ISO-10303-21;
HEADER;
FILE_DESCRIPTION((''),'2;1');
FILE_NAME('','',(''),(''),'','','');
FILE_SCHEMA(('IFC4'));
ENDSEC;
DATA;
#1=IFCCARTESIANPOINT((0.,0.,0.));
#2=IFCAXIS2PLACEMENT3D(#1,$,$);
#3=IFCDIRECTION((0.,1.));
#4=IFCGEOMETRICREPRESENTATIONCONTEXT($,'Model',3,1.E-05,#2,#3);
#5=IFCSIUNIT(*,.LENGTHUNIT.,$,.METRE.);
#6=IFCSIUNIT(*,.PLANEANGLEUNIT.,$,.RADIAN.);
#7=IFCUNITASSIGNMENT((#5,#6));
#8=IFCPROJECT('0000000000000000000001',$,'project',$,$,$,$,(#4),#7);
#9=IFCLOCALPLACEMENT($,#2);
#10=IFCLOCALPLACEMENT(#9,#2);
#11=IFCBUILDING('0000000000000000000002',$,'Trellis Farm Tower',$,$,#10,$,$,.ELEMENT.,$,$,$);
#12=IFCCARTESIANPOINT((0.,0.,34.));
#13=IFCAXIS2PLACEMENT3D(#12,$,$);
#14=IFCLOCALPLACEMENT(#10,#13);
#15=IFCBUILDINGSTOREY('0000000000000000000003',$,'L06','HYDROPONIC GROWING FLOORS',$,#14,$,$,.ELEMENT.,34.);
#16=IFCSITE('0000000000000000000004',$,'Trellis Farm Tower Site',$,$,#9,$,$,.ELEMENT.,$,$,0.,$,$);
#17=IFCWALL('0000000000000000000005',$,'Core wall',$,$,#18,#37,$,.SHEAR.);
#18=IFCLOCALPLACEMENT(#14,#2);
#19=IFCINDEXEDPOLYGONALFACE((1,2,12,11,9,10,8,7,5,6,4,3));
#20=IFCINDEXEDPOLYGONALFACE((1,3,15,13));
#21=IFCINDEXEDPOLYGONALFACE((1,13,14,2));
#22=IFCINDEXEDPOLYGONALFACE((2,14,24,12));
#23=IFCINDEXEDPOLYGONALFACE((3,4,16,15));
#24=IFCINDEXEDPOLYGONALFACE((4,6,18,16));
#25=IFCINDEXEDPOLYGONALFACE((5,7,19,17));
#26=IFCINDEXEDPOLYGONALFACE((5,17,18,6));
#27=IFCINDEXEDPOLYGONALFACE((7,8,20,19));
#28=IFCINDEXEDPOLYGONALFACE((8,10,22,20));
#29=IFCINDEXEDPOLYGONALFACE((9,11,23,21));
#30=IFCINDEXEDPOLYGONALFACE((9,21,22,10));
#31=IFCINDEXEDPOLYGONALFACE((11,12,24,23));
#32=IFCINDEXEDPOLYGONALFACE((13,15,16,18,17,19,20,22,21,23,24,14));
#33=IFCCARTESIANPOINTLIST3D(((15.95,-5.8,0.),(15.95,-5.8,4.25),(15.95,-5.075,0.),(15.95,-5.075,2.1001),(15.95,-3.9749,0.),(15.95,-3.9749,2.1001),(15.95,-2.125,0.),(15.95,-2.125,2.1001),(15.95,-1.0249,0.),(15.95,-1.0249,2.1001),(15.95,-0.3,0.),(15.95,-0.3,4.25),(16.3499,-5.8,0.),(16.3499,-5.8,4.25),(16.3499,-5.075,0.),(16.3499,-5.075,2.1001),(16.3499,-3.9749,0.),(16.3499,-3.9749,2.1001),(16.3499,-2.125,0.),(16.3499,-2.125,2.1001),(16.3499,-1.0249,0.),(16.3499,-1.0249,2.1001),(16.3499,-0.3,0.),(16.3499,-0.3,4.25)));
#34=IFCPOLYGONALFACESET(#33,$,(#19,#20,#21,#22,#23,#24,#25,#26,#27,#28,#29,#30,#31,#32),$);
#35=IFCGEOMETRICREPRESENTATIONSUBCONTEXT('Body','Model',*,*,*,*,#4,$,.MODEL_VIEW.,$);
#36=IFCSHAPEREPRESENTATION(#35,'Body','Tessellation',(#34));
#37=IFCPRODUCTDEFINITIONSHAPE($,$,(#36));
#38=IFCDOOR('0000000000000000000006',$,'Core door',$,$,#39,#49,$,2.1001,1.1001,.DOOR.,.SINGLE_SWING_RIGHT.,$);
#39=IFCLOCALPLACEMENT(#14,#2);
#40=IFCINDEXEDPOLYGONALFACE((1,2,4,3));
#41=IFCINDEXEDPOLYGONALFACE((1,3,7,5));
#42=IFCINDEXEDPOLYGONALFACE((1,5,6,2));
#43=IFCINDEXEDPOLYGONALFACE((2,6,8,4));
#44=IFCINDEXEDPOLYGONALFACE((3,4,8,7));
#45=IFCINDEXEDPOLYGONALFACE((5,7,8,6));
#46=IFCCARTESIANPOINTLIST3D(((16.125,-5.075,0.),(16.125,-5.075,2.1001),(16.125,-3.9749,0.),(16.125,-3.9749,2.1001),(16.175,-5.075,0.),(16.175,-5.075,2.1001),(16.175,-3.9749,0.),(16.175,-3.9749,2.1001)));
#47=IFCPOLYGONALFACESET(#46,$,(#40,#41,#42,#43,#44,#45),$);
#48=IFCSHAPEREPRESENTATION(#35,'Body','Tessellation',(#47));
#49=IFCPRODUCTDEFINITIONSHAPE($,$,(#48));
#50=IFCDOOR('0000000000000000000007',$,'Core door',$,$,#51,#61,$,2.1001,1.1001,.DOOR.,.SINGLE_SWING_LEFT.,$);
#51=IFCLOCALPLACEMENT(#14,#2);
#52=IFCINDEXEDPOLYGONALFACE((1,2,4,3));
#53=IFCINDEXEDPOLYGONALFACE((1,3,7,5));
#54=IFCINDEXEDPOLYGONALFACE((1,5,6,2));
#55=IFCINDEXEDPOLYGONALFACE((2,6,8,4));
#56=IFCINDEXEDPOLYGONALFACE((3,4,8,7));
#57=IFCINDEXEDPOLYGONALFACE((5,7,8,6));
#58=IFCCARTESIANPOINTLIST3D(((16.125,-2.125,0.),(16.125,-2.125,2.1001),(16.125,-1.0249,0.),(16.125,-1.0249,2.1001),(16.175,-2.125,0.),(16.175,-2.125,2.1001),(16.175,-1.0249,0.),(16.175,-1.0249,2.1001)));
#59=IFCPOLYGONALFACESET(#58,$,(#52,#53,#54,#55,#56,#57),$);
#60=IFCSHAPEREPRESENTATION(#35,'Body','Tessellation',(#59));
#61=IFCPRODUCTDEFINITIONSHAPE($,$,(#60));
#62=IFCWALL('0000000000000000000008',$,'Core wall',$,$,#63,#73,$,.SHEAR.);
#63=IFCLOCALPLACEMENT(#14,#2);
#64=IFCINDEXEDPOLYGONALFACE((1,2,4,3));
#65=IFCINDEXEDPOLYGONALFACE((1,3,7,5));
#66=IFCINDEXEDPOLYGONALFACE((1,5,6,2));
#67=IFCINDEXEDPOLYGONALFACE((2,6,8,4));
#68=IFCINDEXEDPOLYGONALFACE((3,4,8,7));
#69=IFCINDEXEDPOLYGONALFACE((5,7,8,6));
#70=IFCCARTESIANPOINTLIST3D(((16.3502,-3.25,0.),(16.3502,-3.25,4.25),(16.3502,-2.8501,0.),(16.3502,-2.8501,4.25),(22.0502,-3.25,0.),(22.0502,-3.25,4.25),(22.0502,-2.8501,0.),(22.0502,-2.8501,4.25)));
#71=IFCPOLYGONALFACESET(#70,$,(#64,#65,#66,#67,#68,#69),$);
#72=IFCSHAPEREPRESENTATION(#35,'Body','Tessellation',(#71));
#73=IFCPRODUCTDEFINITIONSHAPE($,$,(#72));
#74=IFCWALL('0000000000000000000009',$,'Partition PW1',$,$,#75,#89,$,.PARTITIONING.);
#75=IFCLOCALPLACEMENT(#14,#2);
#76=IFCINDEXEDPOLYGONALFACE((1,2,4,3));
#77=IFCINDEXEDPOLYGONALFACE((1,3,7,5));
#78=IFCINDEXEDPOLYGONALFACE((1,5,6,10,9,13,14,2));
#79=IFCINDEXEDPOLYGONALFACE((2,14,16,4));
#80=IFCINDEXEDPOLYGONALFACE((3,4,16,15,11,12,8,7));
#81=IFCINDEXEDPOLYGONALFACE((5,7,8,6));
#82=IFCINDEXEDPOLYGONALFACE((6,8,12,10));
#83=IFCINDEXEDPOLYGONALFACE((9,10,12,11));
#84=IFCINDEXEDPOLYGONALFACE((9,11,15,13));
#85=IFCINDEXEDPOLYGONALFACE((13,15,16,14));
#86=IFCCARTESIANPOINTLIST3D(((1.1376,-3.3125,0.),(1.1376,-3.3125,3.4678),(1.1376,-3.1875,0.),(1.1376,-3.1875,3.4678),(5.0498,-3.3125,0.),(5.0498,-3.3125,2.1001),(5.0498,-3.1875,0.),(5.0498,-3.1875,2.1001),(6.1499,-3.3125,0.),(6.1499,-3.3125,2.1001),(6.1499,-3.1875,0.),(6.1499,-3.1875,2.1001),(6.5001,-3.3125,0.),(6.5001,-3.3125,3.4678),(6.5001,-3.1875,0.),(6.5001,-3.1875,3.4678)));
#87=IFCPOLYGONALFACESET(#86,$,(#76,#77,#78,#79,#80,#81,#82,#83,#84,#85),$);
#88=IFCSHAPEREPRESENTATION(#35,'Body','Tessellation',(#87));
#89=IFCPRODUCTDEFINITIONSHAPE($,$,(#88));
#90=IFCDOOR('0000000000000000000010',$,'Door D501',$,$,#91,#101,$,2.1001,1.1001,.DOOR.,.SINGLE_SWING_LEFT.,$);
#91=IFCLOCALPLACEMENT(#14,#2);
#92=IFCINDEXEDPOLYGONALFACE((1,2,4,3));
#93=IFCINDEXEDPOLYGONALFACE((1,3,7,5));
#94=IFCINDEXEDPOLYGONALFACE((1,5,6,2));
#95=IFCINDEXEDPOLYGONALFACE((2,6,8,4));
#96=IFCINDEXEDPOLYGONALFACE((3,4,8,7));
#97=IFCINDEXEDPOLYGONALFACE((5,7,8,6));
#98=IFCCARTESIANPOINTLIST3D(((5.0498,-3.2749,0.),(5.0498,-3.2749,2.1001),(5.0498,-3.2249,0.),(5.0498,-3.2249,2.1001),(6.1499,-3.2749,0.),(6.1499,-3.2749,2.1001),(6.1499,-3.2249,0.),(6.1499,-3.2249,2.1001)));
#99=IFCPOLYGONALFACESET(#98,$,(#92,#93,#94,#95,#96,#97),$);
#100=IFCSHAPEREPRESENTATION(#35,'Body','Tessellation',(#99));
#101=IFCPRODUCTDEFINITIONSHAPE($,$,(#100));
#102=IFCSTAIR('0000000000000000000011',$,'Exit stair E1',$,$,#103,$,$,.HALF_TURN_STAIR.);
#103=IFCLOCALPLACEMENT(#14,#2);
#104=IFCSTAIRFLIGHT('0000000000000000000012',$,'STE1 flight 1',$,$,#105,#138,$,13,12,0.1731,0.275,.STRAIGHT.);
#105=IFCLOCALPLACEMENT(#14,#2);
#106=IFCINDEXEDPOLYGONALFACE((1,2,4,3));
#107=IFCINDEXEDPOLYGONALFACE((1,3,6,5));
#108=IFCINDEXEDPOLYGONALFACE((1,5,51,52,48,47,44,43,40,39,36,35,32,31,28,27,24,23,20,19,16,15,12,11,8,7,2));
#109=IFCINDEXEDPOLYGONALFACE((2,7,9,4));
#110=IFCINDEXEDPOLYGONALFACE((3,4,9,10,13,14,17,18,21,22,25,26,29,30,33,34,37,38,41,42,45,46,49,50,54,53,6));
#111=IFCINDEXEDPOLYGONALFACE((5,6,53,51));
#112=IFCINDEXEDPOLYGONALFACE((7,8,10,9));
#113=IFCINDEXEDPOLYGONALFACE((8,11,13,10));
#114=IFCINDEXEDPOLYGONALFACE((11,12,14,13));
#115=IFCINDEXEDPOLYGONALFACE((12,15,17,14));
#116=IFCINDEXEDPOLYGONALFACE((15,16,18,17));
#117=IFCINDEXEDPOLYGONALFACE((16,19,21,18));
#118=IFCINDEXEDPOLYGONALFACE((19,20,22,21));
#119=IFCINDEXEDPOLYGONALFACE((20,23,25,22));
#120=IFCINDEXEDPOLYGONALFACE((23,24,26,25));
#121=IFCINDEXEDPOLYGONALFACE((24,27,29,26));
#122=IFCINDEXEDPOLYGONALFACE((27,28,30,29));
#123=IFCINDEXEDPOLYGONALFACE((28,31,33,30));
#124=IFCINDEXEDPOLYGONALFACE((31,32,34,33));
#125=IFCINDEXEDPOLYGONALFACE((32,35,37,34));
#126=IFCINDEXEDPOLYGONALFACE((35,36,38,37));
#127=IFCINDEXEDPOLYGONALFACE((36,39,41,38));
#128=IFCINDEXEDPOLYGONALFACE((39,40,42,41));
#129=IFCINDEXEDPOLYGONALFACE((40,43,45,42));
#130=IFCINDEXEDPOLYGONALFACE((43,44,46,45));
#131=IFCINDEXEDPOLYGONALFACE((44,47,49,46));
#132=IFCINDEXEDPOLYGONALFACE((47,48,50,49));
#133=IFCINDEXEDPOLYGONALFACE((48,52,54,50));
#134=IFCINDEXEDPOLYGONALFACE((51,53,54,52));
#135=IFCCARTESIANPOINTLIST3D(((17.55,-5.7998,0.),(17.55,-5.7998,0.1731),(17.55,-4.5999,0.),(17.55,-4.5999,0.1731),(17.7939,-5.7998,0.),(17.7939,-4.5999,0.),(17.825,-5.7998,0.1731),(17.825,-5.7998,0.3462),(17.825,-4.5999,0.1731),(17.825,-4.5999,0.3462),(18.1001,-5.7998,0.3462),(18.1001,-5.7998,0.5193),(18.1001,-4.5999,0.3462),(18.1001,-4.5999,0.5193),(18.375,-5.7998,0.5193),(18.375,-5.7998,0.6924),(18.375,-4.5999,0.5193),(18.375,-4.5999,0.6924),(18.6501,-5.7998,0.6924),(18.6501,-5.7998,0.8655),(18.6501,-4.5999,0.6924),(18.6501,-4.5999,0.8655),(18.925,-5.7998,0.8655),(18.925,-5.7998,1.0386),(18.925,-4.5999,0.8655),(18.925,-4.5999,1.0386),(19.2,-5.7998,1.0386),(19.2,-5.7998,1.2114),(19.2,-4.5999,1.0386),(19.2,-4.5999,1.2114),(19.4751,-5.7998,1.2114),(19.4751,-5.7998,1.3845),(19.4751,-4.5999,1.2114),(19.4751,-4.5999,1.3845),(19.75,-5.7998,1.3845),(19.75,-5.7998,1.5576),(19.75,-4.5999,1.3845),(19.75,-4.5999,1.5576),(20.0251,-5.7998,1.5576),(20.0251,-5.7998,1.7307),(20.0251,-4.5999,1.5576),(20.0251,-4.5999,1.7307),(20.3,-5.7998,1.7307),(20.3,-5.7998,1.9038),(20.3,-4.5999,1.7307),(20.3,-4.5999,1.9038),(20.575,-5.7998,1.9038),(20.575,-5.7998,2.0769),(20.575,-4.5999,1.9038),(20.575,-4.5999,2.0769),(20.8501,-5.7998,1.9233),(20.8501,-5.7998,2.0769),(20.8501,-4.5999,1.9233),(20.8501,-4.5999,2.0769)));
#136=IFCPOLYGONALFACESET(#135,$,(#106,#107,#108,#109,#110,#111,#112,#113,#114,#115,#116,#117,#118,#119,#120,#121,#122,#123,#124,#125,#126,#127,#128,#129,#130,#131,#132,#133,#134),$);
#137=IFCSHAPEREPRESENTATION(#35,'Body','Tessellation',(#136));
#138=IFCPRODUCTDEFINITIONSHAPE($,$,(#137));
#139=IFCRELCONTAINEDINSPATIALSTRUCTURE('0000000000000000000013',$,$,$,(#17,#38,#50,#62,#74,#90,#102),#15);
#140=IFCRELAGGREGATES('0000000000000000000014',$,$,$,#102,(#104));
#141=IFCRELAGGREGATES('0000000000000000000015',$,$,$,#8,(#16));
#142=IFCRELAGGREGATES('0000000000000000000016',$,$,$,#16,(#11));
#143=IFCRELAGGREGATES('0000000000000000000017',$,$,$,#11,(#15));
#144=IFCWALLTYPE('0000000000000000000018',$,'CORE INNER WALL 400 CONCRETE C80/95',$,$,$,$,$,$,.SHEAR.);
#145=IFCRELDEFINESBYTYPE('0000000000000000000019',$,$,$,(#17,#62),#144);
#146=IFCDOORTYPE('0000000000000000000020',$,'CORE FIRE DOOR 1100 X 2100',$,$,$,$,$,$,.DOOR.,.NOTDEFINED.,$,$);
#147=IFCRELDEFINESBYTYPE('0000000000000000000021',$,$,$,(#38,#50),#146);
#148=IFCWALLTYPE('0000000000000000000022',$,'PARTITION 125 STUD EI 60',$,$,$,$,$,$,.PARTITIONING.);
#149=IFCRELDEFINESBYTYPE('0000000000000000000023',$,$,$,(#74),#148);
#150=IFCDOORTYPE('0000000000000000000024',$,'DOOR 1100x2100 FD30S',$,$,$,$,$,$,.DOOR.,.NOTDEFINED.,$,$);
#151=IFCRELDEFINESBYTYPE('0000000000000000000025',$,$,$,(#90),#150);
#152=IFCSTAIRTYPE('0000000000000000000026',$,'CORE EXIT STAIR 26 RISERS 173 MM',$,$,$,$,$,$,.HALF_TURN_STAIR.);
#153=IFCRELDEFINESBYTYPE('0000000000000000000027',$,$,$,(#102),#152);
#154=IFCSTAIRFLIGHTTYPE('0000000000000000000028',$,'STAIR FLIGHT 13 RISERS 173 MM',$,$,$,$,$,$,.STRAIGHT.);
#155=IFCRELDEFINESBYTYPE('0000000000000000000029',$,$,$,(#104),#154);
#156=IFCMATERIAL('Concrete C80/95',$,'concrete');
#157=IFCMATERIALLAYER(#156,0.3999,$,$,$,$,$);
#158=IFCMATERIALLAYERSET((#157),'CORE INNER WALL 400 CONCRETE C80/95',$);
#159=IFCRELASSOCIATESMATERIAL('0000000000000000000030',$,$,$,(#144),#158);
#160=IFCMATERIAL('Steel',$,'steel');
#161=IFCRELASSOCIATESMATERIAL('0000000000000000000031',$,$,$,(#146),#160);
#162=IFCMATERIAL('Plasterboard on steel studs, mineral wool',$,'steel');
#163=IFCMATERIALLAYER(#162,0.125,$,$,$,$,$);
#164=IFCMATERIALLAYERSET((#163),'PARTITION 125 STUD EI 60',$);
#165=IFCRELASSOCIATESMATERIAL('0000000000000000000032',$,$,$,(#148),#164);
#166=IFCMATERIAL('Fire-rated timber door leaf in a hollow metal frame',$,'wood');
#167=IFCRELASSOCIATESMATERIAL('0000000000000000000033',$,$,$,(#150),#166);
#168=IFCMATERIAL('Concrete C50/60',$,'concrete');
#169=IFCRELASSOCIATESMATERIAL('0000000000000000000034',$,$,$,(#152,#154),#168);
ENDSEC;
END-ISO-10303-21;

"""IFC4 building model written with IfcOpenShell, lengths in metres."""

from ifc_helpers import new_model, si_unit, direction, frame, frame_2d, origin, place, context, subcontext, project, spatial, polyline, rectangle, outline, extrude, source, transform, mapped, material, layer, layer_set, type_object, element, fill, aggregate, save


model = new_model("IFC4")

# Units and contexts
model_context = context("Model", 3, precision=1e-05, world=origin(), true_north=direction((0.0, 1.0)))
body_context = subcontext(model_context, "Body", "Model", "MODEL_VIEW")
ifc_project = project(units=[si_unit("LENGTHUNIT", "METRE"), si_unit("PLANEANGLEUNIT", "RADIAN")], contexts=[model_context])

# Site, building, storey
site_placement = place(None, origin())
site = spatial("IfcSite", under=ifc_project, at=site_placement, Name="Trellis Farm Tower Site", CompositionType="ELEMENT", RefElevation=0.0)
building_placement = place(site_placement, origin())
building = spatial("IfcBuilding", under=site, at=building_placement, Name="Trellis Farm Tower", CompositionType="ELEMENT")
storey_placement = place(building_placement, frame((0.0, 0.0, 34.0)))
storey = spatial("IfcBuildingStorey", under=building, at=storey_placement, Name="L06", Description="HYDROPONIC GROWING FLOORS", CompositionType="ELEMENT", Elevation=34.0)

# Shared definitions
placement = place(storey_placement, origin())

# Shared definitions
ifc_material_1 = material(Name="Concrete C80/95", Category="concrete")
ifc_material_2 = material(Name="Steel", Category="steel")

# Shared definitions
ifc_layer_1 = layer(ifc_material_1, 0.3999)
ifc_layer_set_1 = layer_set([ifc_layer_1], Name="CORE INNER WALL 400 CONCRETE C80/95")
wall_type_1 = type_object("IfcWallType", Name="CORE INNER WALL 400 CONCRETE C80/95", PredefinedType="SHEAR", material=ifc_layer_set_1)

# Shared definitions
shared_shape_1 = source(origin(), body_context, "Body", "SweptSolid", [
    extrude(rectangle(XDim=1.1001, YDim=2.1001, at=frame_2d((0.55, 1.05))), frame((0.0, 0.21, 0.0), z_axis=(0.0, -1.0, 0.0), x_axis=(1.0, 0.0, 0.0)), (0.0, 0.0, 1.0), 0.4199),
])
shared_shape_2 = source(origin(), body_context, "Body", "SweptSolid", [
    extrude(rectangle(XDim=1.1001, YDim=2.1001, at=frame_2d((0.55, 1.05))), frame((0.0, 0.0249, 0.0), z_axis=(0.0, -1.0, 0.0), x_axis=(1.0, 0.0, 0.0)), (0.0, 0.0, 1.0), 0.05),
])

# Wall, openings, doors
shared_shape_3 = source(origin(), body_context, "Body", "SweptSolid", [
    extrude(rectangle(XDim=5.5, YDim=0.3999, at=frame_2d((2.75, 0.0))), origin(), (0.0, 0.0, 1.0), 4.25),
])
wall_1_placement = place(storey_placement, frame((16.1499, -5.8, 0.0), z_axis=(0.0, 0.0, 1.0), x_axis=(0.0, 1.0, 0.0)))
wall_1 = element("IfcWall", 1, at=wall_1_placement, inside=storey, type_object=wall_type_1, Name="Core wall", PredefinedType="SHEAR", context=body_context, shape_type="MappedRepresentation", body=[
    mapped(shared_shape_3, transform((0.0, 0.0, 0.0))),
])
opening_1_placement = place(wall_1_placement, frame((0.7251, 0.0, 0.0)))
opening_1 = element("IfcOpeningElement", 2, at=opening_1_placement, cuts=wall_1, PredefinedType="OPENING", context=body_context, shape_type="MappedRepresentation", body=[
    mapped(shared_shape_1, transform((0.0, 0.0, 0.0))),
])
opening_2_placement = place(wall_1_placement, frame((3.675, 0.0, 0.0)))
opening_2 = element("IfcOpeningElement", 3, at=opening_2_placement, cuts=wall_1, PredefinedType="OPENING", context=body_context, shape_type="MappedRepresentation", body=[
    mapped(shared_shape_1, transform((0.0, 0.0, 0.0))),
])
door_type_1 = type_object("IfcDoorType", Name="CORE FIRE DOOR 1100 X 2100", OperationType="NOTDEFINED", PredefinedType="DOOR", material=ifc_material_2)
door_1_placement = place(opening_1_placement, origin())
door_1 = element("IfcDoor", 4, at=door_1_placement, inside=storey, type_object=door_type_1, Name="Core door", OperationType="SINGLE_SWING_RIGHT", OverallHeight=2.1001, OverallWidth=1.1001, PredefinedType="DOOR", context=body_context, shape_type="MappedRepresentation", body=[
    mapped(shared_shape_2, transform((0.0, 0.0, 0.0))),
])
fill(opening_1, door_1)
door_2_placement = place(opening_2_placement, origin())
door_2 = element("IfcDoor", 5, at=door_2_placement, inside=storey, type_object=door_type_1, Name="Core door", OperationType="SINGLE_SWING_LEFT", OverallHeight=2.1001, OverallWidth=1.1001, PredefinedType="DOOR", context=body_context, shape_type="MappedRepresentation", body=[
    mapped(shared_shape_2, transform((0.0, 0.0, 0.0))),
])
fill(opening_2, door_2)

# Wall
shared_shape_4 = source(origin(), body_context, "Body", "SweptSolid", [
    extrude(rectangle(XDim=5.7, YDim=0.3999, at=frame_2d((2.8501, 0.0))), origin(), (0.0, 0.0, 1.0), 4.25),
])
wall_2_placement = place(storey_placement, frame((16.3501, -3.05, 0.0), z_axis=(0.0, 0.0, 1.0), x_axis=(1.0, 0.0, 0.0)))
element("IfcWall", 6, at=wall_2_placement, inside=storey, type_object=wall_type_1, Name="Core wall", PredefinedType="SHEAR", context=body_context, shape_type="MappedRepresentation", body=[
    mapped(shared_shape_4, transform((0.0, 0.0, 0.0))),
])

# Wall, opening, door
ifc_material_3 = material(Name="Plasterboard on steel studs, mineral wool", Category="steel")
ifc_layer_2 = layer(ifc_material_3, 0.125)
ifc_layer_set_2 = layer_set([ifc_layer_2], Name="PARTITION 125 STUD EI 60")
wall_type_2 = type_object("IfcWallType", Name="PARTITION 125 STUD EI 60", PredefinedType="PARTITIONING", material=ifc_layer_set_2)
shared_shape_5 = source(origin(), body_context, "Body", "SweptSolid", [
    extrude(rectangle(XDim=5.3625, YDim=0.125, at=frame_2d((2.6812, 0.0))), origin(), (0.0, 0.0, 1.0), 3.4678),
])
wall_3_placement = place(storey_placement, frame((6.5, -3.25, 0.0), z_axis=(0.0, 0.0, 1.0), x_axis=(-1.0, 0.0, 0.0)))
wall_3 = element("IfcWall", 7, at=wall_3_placement, inside=storey, type_object=wall_type_2, Name="Partition PW1", PredefinedType="PARTITIONING", context=body_context, shape_type="MappedRepresentation", body=[
    mapped(shared_shape_5, transform((0.0, 0.0, 0.0))),
])
shared_shape_6 = source(origin(), body_context, "Body", "SweptSolid", [
    extrude(rectangle(XDim=1.1001, YDim=2.1001, at=frame_2d((0.55, 1.05))), frame((0.0, 0.0725, 0.0), z_axis=(0.0, -1.0, 0.0), x_axis=(1.0, 0.0, 0.0)), (0.0, 0.0, 1.0), 0.145),
])
opening_3_placement = place(wall_3_placement, frame((0.3501, 0.0, 0.0)))
opening_3 = element("IfcOpeningElement", 8, at=opening_3_placement, cuts=wall_3, PredefinedType="OPENING", context=body_context, shape_type="MappedRepresentation", body=[
    mapped(shared_shape_6, transform((0.0, 0.0, 0.0))),
])
ifc_material_4 = material(Name="Fire-rated timber door leaf in a hollow metal frame", Category="wood")
door_type_2 = type_object("IfcDoorType", Name="DOOR 1100x2100 FD30S", OperationType="NOTDEFINED", PredefinedType="DOOR", material=ifc_material_4)
door_3_placement = place(opening_3_placement, origin())
door_3 = element("IfcDoor", 9, at=door_3_placement, inside=storey, type_object=door_type_2, Name="Door D501", OperationType="SINGLE_SWING_LEFT", OverallHeight=2.1001, OverallWidth=1.1001, PredefinedType="DOOR", context=body_context, shape_type="MappedRepresentation", body=[
    mapped(shared_shape_2, transform((0.0, 0.0, 0.0))),
])
fill(opening_3, door_3)

# Stair, stair flight
ifc_material_5 = material(Name="Concrete C50/60", Category="concrete")
stair_type = type_object("IfcStairType", Name="CORE EXIT STAIR 26 RISERS 173 MM", PredefinedType="HALF_TURN_STAIR", material=ifc_material_5)
stair = element("IfcStair", 10, at=placement, inside=storey, type_object=stair_type, Name="Exit stair E1", PredefinedType="HALF_TURN_STAIR")
stair_flight_type = type_object("IfcStairFlightType", Name="STAIR FLIGHT 13 RISERS 173 MM", PredefinedType="STRAIGHT", material=ifc_material_5)
shared_shape_7 = source(origin(), body_context, "Body", "SweptSolid", [
    extrude(outline(polyline([(0.0, 0.0), (0.0, 0.1731), (0.2749, 0.1731), (0.2749, 0.3462), (0.55, 0.3462), (0.55, 0.5193), (0.825, 0.5193), (0.825, 0.6924), (1.1001, 0.6924), (1.1001, 0.8655), (1.375, 0.8655), (1.375, 1.0386), (1.6499, 1.0386), (1.6499, 1.2114), (1.925, 1.2114), (1.925, 1.3845), (2.2, 1.3845), (2.2, 1.5576), (2.4751, 1.5576), (2.4751, 1.7307), (2.75, 1.7307), (2.75, 1.9038), (3.0249, 1.9038), (3.0249, 2.0769), (3.3, 2.0769), (3.3, 2.25), (3.3, 1.9233), (0.2439, 0.0), (0.0, 0.0)])), frame((0.0, 0.6001, 0.0), z_axis=(0.0, -1.0, 0.0), x_axis=(1.0, 0.0, 0.0)), (0.0, 0.0, 1.0), 1.2),
])
stair_flight_placement = place(storey_placement, frame((17.55, -5.2, 0.0), z_axis=(0.0, 0.0, 1.0), x_axis=(1.0, 0.0, 0.0)))
stair_flight = element("IfcStairFlight", 11, at=stair_flight_placement, type_object=stair_flight_type, Name="STE1 flight 1", NumberOfRisers=13, NumberOfTreads=12, PredefinedType="STRAIGHT", RiserHeight=0.1731, TreadLength=0.275, context=body_context, shape_type="MappedRepresentation", body=[
    mapped(shared_shape_7, transform((0.0, 0.0, 0.0))),
])
aggregate(stair, [stair_flight])

save(model, "model.ifc")
